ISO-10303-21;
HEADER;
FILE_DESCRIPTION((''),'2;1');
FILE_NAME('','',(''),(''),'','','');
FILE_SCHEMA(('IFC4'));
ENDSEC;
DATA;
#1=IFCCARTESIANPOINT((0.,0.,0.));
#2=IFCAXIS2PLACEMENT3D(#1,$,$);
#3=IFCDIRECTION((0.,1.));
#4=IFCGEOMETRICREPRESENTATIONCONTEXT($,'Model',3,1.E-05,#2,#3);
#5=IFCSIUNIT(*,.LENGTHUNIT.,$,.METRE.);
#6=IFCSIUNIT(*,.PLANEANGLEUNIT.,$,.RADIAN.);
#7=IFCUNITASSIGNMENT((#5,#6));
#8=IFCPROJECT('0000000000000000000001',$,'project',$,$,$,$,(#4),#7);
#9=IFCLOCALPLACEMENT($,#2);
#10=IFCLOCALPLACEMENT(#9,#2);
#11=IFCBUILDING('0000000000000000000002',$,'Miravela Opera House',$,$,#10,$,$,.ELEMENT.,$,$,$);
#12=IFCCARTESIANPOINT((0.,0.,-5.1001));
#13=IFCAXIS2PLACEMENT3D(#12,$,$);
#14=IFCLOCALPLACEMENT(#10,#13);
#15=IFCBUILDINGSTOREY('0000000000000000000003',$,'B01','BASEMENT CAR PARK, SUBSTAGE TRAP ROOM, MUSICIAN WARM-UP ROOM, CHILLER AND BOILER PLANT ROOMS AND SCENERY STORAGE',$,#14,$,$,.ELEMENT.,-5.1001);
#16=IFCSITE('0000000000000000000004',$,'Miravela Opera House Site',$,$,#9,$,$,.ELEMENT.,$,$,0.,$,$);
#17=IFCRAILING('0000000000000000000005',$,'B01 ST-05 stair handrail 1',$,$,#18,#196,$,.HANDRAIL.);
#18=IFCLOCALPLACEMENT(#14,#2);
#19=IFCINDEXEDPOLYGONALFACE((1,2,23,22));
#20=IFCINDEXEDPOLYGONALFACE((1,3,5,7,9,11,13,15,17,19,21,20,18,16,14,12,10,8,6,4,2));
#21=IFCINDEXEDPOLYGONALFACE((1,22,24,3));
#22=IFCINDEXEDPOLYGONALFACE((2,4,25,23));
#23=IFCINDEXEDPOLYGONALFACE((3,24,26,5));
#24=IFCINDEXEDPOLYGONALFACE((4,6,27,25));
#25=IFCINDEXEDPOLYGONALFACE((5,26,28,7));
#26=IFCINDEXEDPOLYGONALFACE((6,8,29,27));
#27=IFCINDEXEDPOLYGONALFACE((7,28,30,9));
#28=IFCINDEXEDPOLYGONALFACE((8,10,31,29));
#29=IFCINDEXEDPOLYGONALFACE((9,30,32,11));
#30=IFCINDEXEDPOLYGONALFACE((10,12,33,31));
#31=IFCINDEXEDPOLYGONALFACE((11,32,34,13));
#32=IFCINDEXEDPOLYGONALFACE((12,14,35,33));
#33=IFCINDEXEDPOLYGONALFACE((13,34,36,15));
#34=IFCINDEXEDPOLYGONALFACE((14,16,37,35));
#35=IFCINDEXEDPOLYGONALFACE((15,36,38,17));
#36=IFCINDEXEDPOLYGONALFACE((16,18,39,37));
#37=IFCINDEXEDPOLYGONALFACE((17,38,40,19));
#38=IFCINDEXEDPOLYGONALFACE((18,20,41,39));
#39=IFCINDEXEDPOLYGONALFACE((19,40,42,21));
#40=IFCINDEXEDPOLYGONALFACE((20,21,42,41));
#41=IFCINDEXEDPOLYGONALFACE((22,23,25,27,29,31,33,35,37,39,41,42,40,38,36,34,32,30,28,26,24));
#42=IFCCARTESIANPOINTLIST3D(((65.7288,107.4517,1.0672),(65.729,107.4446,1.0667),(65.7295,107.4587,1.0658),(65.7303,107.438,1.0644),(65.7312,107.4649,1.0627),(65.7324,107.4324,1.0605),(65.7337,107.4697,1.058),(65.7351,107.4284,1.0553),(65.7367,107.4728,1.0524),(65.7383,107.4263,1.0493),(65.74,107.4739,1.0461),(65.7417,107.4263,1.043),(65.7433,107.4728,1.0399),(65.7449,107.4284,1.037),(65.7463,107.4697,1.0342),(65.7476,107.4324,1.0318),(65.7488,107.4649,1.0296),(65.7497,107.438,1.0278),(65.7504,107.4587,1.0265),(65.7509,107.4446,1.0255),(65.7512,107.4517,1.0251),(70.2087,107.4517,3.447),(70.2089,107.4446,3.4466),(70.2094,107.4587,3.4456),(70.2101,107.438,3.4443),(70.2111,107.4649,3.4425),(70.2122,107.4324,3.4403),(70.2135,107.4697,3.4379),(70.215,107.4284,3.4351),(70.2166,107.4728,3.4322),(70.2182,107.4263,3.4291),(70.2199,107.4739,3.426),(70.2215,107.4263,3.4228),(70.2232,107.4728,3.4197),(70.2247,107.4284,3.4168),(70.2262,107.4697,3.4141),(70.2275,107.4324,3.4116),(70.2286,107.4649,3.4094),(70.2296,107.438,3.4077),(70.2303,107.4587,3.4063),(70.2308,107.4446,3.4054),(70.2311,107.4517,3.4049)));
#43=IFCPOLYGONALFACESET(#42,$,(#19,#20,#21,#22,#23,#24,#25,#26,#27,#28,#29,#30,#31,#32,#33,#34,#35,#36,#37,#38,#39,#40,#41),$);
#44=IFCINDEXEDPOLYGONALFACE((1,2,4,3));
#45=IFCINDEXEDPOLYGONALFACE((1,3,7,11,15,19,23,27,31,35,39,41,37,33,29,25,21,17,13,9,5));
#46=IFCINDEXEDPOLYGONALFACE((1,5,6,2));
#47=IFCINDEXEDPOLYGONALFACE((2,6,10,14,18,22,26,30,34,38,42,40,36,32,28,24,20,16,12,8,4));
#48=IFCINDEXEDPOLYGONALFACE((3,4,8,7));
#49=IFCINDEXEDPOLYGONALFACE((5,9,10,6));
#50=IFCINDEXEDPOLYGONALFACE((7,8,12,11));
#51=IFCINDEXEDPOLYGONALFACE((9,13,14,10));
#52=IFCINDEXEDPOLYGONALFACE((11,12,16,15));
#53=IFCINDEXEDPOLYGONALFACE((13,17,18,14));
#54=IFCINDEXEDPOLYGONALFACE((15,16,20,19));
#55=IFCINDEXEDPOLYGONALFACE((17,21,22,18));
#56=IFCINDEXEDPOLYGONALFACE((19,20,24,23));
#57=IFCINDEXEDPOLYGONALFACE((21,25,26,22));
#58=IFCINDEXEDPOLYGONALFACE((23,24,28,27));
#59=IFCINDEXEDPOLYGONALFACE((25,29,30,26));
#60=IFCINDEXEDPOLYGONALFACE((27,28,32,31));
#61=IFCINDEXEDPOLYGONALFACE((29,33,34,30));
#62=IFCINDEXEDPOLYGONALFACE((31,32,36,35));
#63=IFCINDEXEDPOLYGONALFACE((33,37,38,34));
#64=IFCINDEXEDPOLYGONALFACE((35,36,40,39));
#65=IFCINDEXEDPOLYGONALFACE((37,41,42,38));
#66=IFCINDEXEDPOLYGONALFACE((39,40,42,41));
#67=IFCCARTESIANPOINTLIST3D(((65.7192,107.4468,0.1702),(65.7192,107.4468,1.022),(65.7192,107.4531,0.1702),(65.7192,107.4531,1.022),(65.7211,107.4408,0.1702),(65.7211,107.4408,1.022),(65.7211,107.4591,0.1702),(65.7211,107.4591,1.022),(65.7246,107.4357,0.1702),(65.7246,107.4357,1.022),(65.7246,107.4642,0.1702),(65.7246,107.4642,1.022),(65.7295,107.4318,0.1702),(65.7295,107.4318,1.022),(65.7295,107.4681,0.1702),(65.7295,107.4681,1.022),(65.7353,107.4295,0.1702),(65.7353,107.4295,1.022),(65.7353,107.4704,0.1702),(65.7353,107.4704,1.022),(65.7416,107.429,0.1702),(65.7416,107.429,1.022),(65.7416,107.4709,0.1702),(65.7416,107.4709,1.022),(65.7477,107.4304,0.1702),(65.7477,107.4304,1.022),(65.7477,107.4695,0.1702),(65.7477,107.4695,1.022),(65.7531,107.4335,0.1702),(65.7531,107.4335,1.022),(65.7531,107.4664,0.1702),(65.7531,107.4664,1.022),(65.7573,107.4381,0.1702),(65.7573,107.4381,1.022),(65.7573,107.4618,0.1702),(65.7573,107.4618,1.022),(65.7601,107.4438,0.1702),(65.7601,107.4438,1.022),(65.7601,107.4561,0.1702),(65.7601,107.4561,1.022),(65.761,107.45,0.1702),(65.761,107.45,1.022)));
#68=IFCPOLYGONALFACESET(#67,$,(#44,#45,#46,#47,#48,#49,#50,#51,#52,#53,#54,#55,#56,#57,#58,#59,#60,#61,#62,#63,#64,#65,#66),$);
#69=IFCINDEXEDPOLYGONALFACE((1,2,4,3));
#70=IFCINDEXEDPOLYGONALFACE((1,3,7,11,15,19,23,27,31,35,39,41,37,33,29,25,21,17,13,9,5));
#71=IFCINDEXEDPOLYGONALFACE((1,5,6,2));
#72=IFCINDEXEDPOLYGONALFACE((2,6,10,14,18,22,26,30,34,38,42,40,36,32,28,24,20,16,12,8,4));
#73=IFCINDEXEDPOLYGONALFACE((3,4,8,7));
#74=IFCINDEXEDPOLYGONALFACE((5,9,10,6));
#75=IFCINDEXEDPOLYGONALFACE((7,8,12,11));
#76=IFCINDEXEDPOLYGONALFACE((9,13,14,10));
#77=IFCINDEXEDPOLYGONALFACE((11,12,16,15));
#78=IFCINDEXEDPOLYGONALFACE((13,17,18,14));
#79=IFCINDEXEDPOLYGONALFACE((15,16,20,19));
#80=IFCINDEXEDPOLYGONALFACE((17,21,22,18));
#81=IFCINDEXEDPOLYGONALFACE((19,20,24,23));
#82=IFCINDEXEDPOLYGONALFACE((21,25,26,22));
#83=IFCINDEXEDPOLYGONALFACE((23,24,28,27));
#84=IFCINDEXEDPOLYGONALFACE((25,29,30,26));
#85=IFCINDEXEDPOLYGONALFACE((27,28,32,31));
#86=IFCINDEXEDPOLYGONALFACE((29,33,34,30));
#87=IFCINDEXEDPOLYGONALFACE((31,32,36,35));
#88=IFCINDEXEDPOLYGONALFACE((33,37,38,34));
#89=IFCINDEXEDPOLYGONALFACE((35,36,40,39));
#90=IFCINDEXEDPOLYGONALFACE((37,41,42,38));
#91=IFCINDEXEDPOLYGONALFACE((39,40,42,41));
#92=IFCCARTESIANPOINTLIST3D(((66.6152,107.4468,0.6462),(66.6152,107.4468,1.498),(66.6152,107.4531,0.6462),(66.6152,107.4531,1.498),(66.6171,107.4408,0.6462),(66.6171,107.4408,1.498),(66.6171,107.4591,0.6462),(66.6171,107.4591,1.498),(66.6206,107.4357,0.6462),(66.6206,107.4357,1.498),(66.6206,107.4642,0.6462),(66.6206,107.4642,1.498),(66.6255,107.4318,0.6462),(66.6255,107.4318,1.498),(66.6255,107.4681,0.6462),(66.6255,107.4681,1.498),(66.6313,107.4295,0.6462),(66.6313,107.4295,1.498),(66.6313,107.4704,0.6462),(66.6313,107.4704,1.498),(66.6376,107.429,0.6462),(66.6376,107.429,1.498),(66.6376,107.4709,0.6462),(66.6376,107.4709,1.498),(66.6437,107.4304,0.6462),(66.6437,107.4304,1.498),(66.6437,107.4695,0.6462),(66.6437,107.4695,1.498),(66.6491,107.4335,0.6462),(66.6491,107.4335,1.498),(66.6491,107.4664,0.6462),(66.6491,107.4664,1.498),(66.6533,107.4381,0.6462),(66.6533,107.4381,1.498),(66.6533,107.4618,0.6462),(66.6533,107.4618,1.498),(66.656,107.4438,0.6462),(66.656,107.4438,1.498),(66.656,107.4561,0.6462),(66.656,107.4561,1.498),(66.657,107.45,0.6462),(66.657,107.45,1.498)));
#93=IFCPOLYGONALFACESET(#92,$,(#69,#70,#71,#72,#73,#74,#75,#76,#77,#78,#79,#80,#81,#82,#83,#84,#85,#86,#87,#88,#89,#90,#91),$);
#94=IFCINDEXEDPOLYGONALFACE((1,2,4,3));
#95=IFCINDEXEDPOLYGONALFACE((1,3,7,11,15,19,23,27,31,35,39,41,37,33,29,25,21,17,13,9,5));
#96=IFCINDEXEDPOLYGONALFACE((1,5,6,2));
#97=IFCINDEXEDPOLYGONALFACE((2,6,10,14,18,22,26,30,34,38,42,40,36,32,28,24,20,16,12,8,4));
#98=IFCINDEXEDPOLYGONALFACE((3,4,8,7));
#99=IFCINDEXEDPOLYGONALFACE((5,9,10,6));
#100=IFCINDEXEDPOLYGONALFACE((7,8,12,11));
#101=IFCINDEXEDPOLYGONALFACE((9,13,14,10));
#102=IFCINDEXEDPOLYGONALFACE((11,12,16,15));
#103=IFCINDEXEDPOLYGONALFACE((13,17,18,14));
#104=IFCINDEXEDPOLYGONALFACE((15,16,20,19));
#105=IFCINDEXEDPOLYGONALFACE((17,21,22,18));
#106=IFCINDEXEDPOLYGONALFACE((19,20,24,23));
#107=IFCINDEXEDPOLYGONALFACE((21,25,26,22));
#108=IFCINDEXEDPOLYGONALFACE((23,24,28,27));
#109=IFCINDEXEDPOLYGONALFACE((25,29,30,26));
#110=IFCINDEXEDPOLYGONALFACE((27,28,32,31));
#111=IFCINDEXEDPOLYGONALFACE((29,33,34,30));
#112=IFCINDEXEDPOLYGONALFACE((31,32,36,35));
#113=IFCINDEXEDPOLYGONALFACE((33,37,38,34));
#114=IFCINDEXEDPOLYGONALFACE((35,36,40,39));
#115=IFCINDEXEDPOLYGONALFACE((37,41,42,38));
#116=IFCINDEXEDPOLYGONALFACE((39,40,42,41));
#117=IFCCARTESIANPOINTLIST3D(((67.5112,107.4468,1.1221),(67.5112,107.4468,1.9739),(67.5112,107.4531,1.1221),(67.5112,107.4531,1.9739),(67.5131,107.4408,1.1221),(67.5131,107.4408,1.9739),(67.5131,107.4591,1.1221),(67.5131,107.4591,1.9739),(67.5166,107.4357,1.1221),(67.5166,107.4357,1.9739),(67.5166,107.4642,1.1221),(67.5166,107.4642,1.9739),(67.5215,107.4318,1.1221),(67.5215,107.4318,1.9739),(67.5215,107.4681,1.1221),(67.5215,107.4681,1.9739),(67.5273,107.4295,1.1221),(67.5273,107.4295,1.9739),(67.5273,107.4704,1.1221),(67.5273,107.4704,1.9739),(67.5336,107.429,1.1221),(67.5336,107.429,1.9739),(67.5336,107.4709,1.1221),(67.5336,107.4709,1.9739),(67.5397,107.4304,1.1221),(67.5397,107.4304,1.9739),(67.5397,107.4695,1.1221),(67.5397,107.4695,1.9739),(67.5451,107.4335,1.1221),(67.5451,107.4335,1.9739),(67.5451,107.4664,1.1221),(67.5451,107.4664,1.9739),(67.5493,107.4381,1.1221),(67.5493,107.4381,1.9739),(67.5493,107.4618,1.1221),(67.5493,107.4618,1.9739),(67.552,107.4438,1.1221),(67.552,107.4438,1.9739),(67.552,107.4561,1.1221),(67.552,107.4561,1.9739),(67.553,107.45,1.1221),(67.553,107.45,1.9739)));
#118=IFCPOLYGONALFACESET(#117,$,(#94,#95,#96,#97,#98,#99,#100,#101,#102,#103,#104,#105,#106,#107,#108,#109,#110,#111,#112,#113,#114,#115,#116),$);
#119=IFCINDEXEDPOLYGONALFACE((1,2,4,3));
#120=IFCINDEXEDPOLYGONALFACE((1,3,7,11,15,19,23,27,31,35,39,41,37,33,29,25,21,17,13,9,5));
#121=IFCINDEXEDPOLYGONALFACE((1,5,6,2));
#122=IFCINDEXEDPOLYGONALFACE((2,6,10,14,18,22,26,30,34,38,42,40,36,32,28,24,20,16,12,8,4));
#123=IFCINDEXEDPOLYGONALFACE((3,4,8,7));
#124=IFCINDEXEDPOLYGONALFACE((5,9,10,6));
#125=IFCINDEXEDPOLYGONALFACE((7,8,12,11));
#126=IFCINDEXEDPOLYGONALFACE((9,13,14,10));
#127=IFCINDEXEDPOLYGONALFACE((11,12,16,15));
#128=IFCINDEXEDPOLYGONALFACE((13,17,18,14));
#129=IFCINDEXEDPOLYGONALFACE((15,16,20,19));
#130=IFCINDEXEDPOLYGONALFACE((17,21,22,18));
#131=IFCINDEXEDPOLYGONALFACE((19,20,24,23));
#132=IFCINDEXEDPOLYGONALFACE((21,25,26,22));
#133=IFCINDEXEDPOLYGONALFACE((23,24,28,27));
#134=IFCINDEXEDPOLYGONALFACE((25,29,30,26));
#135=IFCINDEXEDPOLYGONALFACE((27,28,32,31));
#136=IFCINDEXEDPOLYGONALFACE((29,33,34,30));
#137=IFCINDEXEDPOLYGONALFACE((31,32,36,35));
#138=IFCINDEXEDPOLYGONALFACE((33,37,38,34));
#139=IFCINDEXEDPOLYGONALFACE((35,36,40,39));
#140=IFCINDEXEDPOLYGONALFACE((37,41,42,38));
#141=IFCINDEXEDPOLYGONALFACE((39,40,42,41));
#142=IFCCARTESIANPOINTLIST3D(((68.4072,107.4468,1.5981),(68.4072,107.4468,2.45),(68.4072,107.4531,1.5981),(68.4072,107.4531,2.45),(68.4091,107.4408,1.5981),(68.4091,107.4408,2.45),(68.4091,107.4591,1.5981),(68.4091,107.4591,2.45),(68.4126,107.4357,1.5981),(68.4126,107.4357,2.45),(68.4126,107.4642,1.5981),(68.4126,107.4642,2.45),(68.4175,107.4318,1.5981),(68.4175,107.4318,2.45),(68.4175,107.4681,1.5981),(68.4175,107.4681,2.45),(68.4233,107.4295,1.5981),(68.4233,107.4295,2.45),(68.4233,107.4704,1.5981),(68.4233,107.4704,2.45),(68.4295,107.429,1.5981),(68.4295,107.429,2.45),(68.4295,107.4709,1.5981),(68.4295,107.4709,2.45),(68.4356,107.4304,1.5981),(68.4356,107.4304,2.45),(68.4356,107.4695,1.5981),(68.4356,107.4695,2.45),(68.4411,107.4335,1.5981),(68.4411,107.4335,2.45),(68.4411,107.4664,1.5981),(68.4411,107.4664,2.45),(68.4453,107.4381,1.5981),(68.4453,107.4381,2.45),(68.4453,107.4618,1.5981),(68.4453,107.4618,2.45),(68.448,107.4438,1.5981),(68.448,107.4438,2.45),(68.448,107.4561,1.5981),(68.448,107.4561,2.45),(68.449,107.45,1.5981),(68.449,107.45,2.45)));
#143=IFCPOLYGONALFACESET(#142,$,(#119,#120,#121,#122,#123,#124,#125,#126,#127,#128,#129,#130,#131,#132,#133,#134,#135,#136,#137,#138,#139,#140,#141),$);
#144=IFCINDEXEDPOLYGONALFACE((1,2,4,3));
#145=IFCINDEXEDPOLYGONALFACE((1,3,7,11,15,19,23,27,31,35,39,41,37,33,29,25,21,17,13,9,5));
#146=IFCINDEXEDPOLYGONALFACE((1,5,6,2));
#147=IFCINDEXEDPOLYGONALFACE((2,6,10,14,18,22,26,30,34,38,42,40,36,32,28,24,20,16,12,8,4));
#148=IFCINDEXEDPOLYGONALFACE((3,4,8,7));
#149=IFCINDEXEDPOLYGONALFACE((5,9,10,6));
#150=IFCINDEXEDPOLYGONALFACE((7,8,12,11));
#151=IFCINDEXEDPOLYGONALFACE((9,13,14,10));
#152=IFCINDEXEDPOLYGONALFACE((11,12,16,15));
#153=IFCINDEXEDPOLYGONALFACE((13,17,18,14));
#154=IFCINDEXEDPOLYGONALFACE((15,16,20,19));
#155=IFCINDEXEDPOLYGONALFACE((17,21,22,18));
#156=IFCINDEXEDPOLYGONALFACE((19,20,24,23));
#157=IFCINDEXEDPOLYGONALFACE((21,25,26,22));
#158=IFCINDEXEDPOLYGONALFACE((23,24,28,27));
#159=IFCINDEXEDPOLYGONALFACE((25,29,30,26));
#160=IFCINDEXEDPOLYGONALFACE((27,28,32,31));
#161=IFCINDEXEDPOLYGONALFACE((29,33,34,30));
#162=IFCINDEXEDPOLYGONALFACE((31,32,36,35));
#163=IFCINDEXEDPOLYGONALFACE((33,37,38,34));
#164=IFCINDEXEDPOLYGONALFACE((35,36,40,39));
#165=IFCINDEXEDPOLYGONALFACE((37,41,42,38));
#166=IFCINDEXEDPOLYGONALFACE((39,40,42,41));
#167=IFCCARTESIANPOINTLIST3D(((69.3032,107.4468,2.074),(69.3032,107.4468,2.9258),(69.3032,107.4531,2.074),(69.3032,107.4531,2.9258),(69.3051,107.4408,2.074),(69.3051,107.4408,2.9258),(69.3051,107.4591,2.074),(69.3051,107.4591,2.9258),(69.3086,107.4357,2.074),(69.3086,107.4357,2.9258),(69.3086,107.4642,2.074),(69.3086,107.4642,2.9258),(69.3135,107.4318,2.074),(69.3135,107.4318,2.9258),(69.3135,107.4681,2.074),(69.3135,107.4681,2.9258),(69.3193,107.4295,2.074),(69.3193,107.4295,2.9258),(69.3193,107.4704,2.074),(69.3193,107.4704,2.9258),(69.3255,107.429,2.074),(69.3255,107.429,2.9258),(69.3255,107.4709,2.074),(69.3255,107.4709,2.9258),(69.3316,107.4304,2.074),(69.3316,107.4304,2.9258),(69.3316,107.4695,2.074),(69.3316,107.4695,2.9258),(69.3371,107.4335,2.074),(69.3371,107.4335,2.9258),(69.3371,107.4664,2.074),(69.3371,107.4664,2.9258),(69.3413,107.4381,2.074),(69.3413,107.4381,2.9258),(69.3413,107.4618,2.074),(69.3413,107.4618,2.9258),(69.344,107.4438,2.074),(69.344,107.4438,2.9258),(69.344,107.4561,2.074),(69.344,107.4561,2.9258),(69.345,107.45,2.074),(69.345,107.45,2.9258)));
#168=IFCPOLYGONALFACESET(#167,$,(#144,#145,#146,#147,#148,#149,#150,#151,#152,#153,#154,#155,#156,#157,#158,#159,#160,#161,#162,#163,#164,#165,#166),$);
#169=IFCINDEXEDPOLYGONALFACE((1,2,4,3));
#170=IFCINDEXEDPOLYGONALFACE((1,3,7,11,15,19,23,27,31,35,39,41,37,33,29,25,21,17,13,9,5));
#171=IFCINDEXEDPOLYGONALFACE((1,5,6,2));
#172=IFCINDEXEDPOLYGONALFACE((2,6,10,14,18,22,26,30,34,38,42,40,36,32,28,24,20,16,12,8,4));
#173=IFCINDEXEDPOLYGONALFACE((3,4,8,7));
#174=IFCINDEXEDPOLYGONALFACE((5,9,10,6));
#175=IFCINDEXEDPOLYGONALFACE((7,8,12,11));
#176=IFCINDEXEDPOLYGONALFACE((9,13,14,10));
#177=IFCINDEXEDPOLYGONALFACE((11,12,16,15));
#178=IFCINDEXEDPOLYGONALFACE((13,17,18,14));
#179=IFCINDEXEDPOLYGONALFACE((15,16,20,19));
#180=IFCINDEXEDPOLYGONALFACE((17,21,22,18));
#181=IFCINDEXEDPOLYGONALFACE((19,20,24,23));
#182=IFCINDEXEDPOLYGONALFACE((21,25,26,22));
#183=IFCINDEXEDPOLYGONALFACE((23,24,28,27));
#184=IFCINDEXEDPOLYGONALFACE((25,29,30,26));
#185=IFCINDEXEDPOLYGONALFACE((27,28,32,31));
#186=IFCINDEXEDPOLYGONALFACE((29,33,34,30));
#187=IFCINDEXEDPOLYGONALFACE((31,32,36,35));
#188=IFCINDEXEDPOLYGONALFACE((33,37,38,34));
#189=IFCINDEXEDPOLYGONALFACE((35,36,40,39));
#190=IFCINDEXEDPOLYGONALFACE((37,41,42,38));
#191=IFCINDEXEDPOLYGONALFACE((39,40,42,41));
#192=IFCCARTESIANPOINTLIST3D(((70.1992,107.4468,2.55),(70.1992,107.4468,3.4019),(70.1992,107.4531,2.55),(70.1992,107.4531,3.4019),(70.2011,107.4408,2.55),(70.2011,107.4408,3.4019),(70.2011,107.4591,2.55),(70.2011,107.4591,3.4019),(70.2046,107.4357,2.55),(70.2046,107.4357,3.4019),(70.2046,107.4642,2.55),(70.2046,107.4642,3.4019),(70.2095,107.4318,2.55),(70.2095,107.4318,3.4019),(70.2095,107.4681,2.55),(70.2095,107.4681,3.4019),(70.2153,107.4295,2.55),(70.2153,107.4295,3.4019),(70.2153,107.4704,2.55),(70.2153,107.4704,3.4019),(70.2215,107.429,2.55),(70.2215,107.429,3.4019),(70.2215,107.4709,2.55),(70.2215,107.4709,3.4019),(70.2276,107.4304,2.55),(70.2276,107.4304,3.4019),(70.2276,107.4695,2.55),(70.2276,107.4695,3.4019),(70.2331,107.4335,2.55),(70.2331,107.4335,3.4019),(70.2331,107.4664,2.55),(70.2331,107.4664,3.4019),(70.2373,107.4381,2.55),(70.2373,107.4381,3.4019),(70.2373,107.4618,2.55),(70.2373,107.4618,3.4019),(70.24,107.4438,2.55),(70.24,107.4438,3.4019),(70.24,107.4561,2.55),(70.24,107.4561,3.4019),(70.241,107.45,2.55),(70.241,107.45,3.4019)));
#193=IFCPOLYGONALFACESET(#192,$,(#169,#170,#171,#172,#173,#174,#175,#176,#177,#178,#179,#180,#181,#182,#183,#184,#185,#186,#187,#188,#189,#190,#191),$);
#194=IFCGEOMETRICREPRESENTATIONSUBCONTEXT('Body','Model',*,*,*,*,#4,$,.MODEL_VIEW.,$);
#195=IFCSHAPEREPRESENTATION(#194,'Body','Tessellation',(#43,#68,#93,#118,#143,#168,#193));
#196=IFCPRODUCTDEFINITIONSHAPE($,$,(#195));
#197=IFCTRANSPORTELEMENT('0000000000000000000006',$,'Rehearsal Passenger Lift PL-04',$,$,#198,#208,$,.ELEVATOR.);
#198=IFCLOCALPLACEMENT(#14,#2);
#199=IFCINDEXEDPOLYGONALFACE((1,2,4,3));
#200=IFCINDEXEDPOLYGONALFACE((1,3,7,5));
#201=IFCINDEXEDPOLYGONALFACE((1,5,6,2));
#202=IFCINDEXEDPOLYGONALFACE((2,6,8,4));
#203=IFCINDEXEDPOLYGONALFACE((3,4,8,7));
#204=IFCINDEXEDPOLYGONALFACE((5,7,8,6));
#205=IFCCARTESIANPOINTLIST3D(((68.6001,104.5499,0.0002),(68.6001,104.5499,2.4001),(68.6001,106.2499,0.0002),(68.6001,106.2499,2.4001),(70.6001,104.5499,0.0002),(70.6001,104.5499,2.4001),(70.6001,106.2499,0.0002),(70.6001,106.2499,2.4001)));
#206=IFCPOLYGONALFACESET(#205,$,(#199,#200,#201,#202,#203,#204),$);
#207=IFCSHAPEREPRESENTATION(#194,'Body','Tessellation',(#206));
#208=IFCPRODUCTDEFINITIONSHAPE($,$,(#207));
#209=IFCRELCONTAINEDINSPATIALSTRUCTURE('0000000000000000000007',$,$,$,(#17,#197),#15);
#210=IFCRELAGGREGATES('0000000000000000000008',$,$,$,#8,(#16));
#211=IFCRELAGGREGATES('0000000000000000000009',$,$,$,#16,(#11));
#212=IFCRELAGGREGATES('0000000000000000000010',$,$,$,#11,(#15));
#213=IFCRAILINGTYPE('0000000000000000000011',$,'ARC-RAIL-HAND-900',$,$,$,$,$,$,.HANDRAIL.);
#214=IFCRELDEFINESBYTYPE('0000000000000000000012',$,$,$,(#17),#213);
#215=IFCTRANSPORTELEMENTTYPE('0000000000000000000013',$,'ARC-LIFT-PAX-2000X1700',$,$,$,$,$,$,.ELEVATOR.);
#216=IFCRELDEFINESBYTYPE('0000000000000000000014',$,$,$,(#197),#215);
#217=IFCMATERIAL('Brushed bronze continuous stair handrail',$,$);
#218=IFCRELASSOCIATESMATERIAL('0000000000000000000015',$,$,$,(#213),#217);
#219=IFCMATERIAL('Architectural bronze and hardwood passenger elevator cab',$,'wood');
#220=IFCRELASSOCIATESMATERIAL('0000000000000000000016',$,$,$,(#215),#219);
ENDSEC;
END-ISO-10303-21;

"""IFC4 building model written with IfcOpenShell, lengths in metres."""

from ifc_helpers import new_model, si_unit, direction, frame, origin, origin_2d, place, context, subcontext, project, spatial, rectangle, circle, extrude, material, type_object, element, save


model = new_model("IFC4")

# Units and contexts
model_context = context("Model", 3, precision=1e-05, world=origin(), true_north=direction((0.0, 1.0)))
body_context = subcontext(model_context, "Body", "Model", "MODEL_VIEW")
ifc_project = project(units=[si_unit("LENGTHUNIT", "METRE"), si_unit("PLANEANGLEUNIT", "RADIAN")], contexts=[model_context])

# Site, building, storey
site_placement = place(None, origin())
site = spatial("IfcSite", under=ifc_project, at=site_placement, Name="Miravela Opera House Site", CompositionType="ELEMENT", RefElevation=0.0)
building_placement = place(site_placement, origin())
building = spatial("IfcBuilding", under=site, at=building_placement, Name="Miravela Opera House", CompositionType="ELEMENT")
storey_placement = place(building_placement, frame((0.0, 0.0, -5.1001)))
storey = spatial("IfcBuildingStorey", under=building, at=storey_placement, Name="B01", Description="BASEMENT CAR PARK, SUBSTAGE TRAP ROOM, MUSICIAN WARM-UP ROOM, CHILLER AND BOILER PLANT ROOMS AND SCENERY STORAGE", CompositionType="ELEMENT", Elevation=-5.1001)

# Railing
ifc_material_1 = material(Name="Brushed bronze continuous stair handrail")
railing_type_1 = type_object("IfcRailingType", Name="ARC-RAIL-HAND-900", PredefinedType="HANDRAIL", material=ifc_material_1)
railing_1_placement = place(storey_placement, frame((65.74, 107.45, 0.1702)))
element("IfcRailing", 1, at=railing_1_placement, inside=storey, type_object=railing_type_1, Name="B01 ST-05 stair handrail 1", PredefinedType="HANDRAIL", context=body_context, shape_type="SweptSolid", body=[
    extrude(circle(Radius=0.0239, at=origin_2d()), frame((0.0, 0.0, 0.876), z_axis=(0.883124, 0.0, 0.469139), x_axis=(0.0, 1.0, 0.0)), (0.0, 0.0, 1.0), 5.0728),
    extrude(circle(Radius=0.021, at=origin_2d()), origin(), (0.0, 0.0, 1.0), 0.8518),
    extrude(circle(Radius=0.021, at=origin_2d()), frame((0.896, 0.0, 0.4761)), (0.0, 0.0, 1.0), 0.8518),
    extrude(circle(Radius=0.021, at=origin_2d()), frame((1.792, 0.0, 0.9519)), (0.0, 0.0, 1.0), 0.8518),
    extrude(circle(Radius=0.021, at=origin_2d()), frame((2.688, 0.0, 1.428)), (0.0, 0.0, 1.0), 0.8518),
    extrude(circle(Radius=0.021, at=origin_2d()), frame((3.584, 0.0, 1.9038)), (0.0, 0.0, 1.0), 0.8518),
    extrude(circle(Radius=0.021, at=origin_2d()), frame((4.48, 0.0, 2.3799)), (0.0, 0.0, 1.0), 0.8518),
])

# Transport element
ifc_material_2 = material(Name="Architectural bronze and hardwood passenger elevator cab", Category="wood")
transport_element_type = type_object("IfcTransportElementType", Name="ARC-LIFT-PAX-2000X1700", PredefinedType="ELEVATOR", material=ifc_material_2)
transport_element_placement = place(storey_placement, frame((69.6001, 105.3999, 0.0002), z_axis=(0.0, 0.0, 1.0), x_axis=(1.0, 0.0, 0.0)))
element("IfcTransportElement", 2, at=transport_element_placement, inside=storey, type_object=transport_element_type, Name="Rehearsal Passenger Lift PL-04", PredefinedType="ELEVATOR", context=body_context, shape_type="SweptSolid", body=[
    extrude(rectangle(XDim=2.0, YDim=1.7, at=origin_2d()), origin(), (0.0, 0.0, 1.0), 2.3999),
])

save(model, "model.ifc")
